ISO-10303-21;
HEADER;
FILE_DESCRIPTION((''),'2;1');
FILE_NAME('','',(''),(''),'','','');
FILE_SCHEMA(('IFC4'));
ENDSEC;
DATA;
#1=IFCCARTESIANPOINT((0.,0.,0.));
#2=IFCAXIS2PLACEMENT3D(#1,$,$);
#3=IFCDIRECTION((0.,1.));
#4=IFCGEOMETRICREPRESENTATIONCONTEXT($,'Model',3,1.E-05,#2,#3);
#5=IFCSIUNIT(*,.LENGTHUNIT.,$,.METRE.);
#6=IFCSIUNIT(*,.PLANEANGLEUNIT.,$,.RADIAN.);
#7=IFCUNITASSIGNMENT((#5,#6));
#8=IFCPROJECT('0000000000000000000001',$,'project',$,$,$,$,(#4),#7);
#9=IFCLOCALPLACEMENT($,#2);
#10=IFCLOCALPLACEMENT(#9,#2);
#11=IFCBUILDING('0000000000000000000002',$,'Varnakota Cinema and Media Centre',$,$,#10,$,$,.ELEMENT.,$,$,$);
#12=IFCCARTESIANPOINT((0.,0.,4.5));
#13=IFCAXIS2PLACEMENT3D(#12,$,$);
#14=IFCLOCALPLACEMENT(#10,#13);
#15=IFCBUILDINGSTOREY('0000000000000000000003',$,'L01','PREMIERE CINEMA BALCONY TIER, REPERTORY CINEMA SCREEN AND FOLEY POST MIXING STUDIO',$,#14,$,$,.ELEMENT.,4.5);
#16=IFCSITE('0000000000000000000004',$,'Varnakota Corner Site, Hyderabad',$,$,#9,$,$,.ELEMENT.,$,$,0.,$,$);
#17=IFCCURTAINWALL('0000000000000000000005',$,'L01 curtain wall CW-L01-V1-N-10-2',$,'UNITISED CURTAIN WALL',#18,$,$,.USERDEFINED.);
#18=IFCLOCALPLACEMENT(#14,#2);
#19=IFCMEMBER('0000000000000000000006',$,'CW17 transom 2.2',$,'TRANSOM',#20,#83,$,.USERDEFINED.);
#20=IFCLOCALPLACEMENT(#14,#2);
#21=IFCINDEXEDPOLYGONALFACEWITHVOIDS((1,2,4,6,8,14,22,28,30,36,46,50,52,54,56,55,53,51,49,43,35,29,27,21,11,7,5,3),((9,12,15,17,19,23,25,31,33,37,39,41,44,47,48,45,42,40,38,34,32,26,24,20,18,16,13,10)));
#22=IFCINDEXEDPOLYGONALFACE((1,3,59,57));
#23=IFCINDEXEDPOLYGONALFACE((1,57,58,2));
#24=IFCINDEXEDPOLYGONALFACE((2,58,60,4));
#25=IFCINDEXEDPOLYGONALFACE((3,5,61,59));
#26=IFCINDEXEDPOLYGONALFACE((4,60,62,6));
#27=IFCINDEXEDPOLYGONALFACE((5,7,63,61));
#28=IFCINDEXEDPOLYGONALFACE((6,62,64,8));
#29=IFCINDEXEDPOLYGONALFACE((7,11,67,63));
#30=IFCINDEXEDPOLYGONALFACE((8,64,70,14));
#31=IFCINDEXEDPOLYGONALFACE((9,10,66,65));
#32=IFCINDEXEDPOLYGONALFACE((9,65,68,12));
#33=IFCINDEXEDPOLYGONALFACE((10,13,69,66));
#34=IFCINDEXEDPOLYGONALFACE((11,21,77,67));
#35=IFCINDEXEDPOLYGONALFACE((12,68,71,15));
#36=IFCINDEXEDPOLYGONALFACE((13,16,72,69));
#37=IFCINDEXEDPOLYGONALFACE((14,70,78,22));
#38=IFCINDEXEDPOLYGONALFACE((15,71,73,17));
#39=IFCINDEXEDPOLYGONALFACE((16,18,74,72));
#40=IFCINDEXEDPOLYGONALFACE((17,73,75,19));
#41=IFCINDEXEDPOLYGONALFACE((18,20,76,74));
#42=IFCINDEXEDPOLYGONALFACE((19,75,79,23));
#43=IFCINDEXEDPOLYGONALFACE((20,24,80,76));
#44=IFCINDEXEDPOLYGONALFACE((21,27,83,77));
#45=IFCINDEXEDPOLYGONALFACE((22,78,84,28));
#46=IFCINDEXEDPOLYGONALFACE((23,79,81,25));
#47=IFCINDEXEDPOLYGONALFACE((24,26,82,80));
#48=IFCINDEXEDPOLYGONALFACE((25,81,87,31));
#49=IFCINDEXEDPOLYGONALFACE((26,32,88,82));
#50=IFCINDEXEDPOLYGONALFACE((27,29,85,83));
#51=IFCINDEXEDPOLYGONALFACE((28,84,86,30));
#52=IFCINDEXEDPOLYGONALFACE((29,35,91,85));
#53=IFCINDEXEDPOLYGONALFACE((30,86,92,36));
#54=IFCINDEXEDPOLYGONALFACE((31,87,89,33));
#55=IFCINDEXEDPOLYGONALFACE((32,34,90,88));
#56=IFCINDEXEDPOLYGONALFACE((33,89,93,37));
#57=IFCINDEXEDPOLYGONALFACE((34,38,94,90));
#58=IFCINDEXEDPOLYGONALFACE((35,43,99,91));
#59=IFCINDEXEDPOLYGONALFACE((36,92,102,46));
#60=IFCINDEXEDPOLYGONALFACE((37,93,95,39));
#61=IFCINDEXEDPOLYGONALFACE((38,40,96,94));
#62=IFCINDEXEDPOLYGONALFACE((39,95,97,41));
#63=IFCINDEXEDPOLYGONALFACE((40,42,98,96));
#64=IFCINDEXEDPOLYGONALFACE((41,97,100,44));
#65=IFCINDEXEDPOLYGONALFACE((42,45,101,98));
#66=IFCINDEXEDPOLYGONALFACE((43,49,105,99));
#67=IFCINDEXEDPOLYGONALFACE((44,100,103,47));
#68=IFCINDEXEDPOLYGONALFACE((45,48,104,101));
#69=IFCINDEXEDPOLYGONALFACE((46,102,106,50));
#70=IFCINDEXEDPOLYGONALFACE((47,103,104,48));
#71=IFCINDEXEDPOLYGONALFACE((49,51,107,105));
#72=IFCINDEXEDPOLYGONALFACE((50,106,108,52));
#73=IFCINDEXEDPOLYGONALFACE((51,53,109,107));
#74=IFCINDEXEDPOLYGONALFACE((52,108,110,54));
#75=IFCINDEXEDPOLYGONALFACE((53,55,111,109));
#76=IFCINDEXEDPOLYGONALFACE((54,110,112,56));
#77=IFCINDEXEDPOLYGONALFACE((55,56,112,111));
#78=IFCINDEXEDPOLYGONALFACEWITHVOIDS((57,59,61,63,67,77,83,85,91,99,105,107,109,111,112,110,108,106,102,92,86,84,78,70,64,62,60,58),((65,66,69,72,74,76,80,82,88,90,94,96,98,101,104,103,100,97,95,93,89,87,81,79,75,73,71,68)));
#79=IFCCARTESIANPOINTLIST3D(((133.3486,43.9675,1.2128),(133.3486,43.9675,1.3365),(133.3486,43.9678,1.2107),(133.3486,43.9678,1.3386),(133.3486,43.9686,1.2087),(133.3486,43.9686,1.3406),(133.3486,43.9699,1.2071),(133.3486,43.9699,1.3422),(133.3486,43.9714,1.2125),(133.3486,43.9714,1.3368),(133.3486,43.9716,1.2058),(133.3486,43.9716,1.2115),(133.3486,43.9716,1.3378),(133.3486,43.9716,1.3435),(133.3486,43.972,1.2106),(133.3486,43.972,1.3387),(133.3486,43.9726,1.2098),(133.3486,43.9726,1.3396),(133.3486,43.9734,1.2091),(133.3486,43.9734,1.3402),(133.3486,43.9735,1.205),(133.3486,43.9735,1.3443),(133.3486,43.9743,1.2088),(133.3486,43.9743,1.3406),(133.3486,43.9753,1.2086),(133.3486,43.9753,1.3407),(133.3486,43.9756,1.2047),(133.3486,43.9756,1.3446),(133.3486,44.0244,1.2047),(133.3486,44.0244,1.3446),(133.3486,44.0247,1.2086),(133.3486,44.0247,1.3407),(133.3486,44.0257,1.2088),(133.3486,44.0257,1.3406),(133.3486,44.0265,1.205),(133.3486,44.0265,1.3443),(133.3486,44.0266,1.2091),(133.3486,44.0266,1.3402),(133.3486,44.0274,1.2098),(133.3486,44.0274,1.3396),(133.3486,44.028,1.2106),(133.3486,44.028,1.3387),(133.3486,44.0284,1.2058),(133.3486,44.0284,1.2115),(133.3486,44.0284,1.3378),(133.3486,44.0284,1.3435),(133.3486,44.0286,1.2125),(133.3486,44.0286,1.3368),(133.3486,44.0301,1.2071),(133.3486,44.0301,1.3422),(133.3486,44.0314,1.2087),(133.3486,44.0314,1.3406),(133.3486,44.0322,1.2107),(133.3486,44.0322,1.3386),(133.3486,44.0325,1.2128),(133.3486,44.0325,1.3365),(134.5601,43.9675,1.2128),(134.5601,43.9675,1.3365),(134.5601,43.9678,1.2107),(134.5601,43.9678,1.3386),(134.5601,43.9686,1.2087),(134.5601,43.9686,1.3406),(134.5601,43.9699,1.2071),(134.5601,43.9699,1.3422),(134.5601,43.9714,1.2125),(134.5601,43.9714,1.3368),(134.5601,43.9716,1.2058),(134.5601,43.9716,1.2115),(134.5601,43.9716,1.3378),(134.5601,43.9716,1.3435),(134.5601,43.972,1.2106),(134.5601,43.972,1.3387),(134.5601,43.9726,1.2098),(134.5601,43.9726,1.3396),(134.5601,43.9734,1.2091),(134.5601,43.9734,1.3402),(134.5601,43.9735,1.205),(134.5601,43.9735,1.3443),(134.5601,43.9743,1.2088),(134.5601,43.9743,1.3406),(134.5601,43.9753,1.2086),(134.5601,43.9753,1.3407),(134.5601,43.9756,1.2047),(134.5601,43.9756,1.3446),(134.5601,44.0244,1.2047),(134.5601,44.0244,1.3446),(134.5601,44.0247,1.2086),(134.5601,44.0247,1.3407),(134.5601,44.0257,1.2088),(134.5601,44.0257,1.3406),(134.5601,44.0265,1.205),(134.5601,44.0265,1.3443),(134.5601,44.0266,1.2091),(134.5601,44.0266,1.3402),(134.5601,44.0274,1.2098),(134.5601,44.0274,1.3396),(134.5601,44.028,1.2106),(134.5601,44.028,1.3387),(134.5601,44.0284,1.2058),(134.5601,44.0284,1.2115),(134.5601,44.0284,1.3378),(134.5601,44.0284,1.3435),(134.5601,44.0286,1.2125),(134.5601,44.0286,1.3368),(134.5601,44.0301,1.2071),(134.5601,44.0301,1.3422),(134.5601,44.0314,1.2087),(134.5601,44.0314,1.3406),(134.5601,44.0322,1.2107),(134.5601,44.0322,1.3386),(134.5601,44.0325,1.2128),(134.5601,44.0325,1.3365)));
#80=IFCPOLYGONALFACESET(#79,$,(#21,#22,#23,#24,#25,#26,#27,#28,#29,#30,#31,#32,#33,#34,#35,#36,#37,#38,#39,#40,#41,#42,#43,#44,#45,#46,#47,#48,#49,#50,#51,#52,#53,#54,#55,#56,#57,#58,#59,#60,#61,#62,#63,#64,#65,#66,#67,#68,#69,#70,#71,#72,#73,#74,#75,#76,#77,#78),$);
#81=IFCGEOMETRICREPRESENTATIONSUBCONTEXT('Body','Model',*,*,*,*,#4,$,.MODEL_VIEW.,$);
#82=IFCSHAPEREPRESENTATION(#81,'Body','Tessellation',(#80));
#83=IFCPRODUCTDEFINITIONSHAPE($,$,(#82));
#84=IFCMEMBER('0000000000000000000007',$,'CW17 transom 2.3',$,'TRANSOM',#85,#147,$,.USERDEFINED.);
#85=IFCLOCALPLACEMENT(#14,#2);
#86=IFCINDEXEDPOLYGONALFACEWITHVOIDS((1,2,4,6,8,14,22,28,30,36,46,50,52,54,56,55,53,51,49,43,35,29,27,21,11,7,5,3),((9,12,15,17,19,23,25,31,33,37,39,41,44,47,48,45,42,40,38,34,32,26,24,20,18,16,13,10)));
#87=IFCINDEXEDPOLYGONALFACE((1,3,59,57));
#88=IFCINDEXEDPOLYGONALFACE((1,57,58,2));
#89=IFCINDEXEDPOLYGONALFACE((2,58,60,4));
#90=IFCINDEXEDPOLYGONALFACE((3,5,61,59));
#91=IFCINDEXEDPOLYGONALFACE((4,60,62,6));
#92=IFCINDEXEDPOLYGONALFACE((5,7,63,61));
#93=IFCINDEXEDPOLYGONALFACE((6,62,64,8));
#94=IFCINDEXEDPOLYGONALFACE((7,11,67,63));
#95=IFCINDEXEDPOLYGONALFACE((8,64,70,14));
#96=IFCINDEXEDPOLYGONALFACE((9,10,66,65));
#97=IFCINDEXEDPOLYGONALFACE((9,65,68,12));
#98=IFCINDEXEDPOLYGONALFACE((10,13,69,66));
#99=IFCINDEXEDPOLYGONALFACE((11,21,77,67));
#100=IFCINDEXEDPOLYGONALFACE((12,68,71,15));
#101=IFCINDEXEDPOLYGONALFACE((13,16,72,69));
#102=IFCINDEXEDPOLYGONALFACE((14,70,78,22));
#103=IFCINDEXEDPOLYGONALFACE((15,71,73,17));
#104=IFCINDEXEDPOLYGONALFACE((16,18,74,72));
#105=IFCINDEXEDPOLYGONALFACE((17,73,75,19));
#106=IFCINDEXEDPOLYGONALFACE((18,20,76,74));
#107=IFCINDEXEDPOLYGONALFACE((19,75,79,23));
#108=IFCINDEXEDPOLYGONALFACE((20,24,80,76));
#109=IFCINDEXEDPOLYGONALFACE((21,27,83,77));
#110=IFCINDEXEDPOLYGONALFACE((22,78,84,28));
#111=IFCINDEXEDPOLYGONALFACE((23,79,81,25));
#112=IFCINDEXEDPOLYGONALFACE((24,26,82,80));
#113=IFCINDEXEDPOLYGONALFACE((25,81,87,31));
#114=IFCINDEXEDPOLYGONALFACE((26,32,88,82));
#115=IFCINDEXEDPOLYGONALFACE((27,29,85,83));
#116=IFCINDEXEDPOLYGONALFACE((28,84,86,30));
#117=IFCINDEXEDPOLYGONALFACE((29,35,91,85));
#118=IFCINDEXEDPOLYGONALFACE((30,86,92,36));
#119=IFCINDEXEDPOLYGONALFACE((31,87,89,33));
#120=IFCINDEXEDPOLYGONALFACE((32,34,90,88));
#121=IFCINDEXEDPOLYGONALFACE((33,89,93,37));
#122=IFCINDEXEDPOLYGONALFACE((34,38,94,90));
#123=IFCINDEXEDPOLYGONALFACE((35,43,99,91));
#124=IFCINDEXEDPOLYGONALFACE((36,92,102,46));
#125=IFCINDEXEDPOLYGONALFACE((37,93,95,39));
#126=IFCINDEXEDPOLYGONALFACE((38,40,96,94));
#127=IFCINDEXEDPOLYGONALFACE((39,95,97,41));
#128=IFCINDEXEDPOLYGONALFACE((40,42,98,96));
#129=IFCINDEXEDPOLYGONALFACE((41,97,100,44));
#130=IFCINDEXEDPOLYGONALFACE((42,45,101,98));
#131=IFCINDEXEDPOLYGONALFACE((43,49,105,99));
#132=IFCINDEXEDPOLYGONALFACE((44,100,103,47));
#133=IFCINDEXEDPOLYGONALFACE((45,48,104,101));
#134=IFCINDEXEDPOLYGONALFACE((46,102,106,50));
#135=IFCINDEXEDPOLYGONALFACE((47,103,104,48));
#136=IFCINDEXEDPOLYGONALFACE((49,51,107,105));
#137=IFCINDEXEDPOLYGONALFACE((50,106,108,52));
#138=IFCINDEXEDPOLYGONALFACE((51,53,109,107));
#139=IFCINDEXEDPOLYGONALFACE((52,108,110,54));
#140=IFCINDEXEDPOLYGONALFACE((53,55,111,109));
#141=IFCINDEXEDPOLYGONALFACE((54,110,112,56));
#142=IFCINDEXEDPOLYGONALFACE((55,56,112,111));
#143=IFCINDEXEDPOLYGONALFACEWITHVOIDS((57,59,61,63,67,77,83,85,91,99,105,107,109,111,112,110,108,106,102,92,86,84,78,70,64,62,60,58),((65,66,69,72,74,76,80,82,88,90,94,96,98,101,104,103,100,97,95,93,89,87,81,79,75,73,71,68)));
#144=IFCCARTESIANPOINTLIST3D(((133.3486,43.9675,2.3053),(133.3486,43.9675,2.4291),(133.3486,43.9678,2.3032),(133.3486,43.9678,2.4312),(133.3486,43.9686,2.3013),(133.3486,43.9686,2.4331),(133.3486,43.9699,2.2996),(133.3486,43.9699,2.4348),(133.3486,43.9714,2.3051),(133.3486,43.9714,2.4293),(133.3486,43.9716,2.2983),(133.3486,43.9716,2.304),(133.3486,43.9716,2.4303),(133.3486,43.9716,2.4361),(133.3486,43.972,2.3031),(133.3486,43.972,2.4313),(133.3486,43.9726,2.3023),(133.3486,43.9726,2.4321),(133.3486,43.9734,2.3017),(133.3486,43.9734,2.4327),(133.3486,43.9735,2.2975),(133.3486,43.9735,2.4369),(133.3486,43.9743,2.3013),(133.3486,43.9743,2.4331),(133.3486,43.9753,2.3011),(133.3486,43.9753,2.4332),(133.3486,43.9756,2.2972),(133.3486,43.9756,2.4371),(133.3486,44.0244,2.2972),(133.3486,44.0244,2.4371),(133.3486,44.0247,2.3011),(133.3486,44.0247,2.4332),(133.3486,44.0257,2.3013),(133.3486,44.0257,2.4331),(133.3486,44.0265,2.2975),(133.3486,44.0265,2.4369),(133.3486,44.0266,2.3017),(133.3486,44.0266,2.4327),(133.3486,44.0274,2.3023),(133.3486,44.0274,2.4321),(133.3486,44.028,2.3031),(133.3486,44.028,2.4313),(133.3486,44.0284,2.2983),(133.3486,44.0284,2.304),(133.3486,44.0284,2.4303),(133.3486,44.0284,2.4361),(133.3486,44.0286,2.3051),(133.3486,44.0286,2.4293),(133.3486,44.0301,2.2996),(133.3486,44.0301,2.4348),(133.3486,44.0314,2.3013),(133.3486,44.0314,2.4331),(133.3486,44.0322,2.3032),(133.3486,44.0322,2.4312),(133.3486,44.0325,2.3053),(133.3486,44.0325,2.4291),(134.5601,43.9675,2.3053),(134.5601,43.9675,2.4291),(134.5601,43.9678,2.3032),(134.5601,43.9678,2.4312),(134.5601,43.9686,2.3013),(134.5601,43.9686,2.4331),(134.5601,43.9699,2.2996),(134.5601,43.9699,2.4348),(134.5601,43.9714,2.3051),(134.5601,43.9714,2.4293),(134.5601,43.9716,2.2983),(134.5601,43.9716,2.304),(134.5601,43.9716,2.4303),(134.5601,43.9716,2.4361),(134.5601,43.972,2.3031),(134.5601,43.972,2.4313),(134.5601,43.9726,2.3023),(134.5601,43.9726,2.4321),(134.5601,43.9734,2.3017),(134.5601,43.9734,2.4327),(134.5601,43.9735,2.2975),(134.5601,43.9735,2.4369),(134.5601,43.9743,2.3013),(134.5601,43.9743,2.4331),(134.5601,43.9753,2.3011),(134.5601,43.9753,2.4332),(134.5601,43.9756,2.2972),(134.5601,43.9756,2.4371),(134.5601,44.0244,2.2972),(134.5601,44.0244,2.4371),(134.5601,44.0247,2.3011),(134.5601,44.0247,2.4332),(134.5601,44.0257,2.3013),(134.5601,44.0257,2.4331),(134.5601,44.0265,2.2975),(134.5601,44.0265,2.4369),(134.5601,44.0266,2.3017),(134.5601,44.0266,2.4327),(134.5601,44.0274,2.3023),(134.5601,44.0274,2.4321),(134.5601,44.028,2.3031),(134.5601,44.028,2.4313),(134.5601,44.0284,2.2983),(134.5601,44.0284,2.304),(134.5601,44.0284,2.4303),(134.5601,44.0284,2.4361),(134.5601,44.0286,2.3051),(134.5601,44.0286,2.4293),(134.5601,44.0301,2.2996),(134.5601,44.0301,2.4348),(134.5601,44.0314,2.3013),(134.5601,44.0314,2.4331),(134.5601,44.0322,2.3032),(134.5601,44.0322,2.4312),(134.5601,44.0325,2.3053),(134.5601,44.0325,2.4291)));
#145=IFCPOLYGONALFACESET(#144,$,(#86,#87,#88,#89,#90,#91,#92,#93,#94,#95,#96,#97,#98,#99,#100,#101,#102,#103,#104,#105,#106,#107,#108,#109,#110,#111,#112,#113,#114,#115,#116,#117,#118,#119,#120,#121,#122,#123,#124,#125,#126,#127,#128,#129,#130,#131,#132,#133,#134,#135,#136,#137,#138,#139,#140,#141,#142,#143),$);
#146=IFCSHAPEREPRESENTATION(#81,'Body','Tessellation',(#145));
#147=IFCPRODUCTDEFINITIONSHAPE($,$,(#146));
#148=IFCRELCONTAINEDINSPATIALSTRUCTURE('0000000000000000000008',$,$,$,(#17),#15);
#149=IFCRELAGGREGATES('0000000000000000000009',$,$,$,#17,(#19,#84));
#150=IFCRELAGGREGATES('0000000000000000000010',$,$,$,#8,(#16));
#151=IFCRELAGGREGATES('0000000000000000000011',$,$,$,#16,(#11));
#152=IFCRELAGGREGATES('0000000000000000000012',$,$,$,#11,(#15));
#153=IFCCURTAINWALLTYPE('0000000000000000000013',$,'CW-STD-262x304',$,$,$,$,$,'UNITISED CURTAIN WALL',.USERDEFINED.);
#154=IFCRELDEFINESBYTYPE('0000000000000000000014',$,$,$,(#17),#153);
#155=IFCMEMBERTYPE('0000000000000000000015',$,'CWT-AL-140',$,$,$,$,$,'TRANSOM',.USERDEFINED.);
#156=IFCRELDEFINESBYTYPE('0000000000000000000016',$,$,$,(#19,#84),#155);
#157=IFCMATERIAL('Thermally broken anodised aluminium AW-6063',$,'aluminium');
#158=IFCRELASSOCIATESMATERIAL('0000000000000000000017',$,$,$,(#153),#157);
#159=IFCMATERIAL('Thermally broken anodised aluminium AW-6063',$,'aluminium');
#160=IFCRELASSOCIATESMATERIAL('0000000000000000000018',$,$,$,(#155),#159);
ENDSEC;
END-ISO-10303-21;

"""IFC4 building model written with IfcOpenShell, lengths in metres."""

from ifc_helpers import new_model, si_unit, direction, frame, origin, origin_2d, place, context, subcontext, project, spatial, hollow_rectangle, extrude, material, material_profile, profile_set, type_object, element, aggregate, save


model = new_model("IFC4")

# Units and contexts
model_context = context("Model", 3, precision=1e-05, world=origin(), true_north=direction((0.0, 1.0)))
body_context = subcontext(model_context, "Body", "Model", "MODEL_VIEW")
ifc_project = project(units=[si_unit("LENGTHUNIT", "METRE"), si_unit("PLANEANGLEUNIT", "RADIAN")], contexts=[model_context])

# Site, building, storey
site_placement = place(None, origin())
site = spatial("IfcSite", under=ifc_project, at=site_placement, Name="Varnakota Corner Site, Hyderabad", CompositionType="ELEMENT", RefElevation=0.0)
building_placement = place(site_placement, origin())
building = spatial("IfcBuilding", under=site, at=building_placement, Name="Varnakota Cinema and Media Centre", CompositionType="ELEMENT")
storey_placement = place(building_placement, frame((0.0, 0.0, 4.5)))
storey = spatial("IfcBuildingStorey", under=building, at=storey_placement, Name="L01", Description="PREMIERE CINEMA BALCONY TIER, REPERTORY CINEMA SCREEN AND FOLEY POST MIXING STUDIO", CompositionType="ELEMENT", Elevation=4.5)

# Shared definitions
ifc_material_1 = material(Name="Thermally broken anodised aluminium AW-6063", Category="aluminium")
curtain_wall_type = type_object("IfcCurtainWallType", Name="CW-STD-262x304", ElementType="UNITISED CURTAIN WALL", PredefinedType="USERDEFINED", material=ifc_material_1)

# Curtain wall, members
curtain_wall_1_placement = place(storey_placement, origin())
curtain_wall_1 = element("IfcCurtainWall", 1, at=curtain_wall_1_placement, inside=storey, type_object=curtain_wall_type, Name="L01 curtain wall CW-L01-V1-N-10-2", ObjectType="UNITISED CURTAIN WALL", PredefinedType="USERDEFINED")
ifc_material_2 = material(Name="Thermally broken anodised aluminium AW-6063", Category="aluminium")
ifc_material_profile_1 = material_profile(ifc_material_2, hollow_rectangle(XDim=0.0649, YDim=0.1399, WallThickness=0.0039, InnerFilletRadius=0.0039, OuterFilletRadius=0.0081, at=origin_2d()), Name="AL-TRANSOM 140x65x4")
ifc_profile_set_1 = profile_set([ifc_material_profile_1], Name="Thermally broken anodised aluminium AW-6063")
member_type_1 = type_object("IfcMemberType", Name="CWT-AL-140", ElementType="TRANSOM", PredefinedType="USERDEFINED", material=ifc_profile_set_1)
member_1_placement = place(storey_placement, frame((133.3486, 44.0, 1.2747), z_axis=(1.0, 0.0, 0.0), x_axis=(0.0, 1.0, 0.0)))
member_1 = element("IfcMember", 2, at=member_1_placement, type_object=member_type_1, Name="CW17 transom 2.2", ObjectType="TRANSOM", PredefinedType="USERDEFINED", context=body_context, shape_type="SweptSolid", body=[
    extrude(hollow_rectangle(XDim=0.0649, YDim=0.1399, WallThickness=0.0039, InnerFilletRadius=0.0039, OuterFilletRadius=0.0081, at=origin_2d()), origin(), (0.0, 0.0, 1.0), 1.2114),
])
member_2_placement = place(storey_placement, frame((133.3486, 44.0, 2.3672), z_axis=(1.0, 0.0, 0.0), x_axis=(0.0, 1.0, 0.0)))
member_2 = element("IfcMember", 3, at=member_2_placement, type_object=member_type_1, Name="CW17 transom 2.3", ObjectType="TRANSOM", PredefinedType="USERDEFINED", context=body_context, shape_type="SweptSolid", body=[
    extrude(hollow_rectangle(XDim=0.0649, YDim=0.1399, WallThickness=0.0039, InnerFilletRadius=0.0039, OuterFilletRadius=0.0081, at=origin_2d()), origin(), (0.0, 0.0, 1.0), 1.2114),
])

aggregate(curtain_wall_1, [member_1, member_2])

save(model, "model.ifc")
